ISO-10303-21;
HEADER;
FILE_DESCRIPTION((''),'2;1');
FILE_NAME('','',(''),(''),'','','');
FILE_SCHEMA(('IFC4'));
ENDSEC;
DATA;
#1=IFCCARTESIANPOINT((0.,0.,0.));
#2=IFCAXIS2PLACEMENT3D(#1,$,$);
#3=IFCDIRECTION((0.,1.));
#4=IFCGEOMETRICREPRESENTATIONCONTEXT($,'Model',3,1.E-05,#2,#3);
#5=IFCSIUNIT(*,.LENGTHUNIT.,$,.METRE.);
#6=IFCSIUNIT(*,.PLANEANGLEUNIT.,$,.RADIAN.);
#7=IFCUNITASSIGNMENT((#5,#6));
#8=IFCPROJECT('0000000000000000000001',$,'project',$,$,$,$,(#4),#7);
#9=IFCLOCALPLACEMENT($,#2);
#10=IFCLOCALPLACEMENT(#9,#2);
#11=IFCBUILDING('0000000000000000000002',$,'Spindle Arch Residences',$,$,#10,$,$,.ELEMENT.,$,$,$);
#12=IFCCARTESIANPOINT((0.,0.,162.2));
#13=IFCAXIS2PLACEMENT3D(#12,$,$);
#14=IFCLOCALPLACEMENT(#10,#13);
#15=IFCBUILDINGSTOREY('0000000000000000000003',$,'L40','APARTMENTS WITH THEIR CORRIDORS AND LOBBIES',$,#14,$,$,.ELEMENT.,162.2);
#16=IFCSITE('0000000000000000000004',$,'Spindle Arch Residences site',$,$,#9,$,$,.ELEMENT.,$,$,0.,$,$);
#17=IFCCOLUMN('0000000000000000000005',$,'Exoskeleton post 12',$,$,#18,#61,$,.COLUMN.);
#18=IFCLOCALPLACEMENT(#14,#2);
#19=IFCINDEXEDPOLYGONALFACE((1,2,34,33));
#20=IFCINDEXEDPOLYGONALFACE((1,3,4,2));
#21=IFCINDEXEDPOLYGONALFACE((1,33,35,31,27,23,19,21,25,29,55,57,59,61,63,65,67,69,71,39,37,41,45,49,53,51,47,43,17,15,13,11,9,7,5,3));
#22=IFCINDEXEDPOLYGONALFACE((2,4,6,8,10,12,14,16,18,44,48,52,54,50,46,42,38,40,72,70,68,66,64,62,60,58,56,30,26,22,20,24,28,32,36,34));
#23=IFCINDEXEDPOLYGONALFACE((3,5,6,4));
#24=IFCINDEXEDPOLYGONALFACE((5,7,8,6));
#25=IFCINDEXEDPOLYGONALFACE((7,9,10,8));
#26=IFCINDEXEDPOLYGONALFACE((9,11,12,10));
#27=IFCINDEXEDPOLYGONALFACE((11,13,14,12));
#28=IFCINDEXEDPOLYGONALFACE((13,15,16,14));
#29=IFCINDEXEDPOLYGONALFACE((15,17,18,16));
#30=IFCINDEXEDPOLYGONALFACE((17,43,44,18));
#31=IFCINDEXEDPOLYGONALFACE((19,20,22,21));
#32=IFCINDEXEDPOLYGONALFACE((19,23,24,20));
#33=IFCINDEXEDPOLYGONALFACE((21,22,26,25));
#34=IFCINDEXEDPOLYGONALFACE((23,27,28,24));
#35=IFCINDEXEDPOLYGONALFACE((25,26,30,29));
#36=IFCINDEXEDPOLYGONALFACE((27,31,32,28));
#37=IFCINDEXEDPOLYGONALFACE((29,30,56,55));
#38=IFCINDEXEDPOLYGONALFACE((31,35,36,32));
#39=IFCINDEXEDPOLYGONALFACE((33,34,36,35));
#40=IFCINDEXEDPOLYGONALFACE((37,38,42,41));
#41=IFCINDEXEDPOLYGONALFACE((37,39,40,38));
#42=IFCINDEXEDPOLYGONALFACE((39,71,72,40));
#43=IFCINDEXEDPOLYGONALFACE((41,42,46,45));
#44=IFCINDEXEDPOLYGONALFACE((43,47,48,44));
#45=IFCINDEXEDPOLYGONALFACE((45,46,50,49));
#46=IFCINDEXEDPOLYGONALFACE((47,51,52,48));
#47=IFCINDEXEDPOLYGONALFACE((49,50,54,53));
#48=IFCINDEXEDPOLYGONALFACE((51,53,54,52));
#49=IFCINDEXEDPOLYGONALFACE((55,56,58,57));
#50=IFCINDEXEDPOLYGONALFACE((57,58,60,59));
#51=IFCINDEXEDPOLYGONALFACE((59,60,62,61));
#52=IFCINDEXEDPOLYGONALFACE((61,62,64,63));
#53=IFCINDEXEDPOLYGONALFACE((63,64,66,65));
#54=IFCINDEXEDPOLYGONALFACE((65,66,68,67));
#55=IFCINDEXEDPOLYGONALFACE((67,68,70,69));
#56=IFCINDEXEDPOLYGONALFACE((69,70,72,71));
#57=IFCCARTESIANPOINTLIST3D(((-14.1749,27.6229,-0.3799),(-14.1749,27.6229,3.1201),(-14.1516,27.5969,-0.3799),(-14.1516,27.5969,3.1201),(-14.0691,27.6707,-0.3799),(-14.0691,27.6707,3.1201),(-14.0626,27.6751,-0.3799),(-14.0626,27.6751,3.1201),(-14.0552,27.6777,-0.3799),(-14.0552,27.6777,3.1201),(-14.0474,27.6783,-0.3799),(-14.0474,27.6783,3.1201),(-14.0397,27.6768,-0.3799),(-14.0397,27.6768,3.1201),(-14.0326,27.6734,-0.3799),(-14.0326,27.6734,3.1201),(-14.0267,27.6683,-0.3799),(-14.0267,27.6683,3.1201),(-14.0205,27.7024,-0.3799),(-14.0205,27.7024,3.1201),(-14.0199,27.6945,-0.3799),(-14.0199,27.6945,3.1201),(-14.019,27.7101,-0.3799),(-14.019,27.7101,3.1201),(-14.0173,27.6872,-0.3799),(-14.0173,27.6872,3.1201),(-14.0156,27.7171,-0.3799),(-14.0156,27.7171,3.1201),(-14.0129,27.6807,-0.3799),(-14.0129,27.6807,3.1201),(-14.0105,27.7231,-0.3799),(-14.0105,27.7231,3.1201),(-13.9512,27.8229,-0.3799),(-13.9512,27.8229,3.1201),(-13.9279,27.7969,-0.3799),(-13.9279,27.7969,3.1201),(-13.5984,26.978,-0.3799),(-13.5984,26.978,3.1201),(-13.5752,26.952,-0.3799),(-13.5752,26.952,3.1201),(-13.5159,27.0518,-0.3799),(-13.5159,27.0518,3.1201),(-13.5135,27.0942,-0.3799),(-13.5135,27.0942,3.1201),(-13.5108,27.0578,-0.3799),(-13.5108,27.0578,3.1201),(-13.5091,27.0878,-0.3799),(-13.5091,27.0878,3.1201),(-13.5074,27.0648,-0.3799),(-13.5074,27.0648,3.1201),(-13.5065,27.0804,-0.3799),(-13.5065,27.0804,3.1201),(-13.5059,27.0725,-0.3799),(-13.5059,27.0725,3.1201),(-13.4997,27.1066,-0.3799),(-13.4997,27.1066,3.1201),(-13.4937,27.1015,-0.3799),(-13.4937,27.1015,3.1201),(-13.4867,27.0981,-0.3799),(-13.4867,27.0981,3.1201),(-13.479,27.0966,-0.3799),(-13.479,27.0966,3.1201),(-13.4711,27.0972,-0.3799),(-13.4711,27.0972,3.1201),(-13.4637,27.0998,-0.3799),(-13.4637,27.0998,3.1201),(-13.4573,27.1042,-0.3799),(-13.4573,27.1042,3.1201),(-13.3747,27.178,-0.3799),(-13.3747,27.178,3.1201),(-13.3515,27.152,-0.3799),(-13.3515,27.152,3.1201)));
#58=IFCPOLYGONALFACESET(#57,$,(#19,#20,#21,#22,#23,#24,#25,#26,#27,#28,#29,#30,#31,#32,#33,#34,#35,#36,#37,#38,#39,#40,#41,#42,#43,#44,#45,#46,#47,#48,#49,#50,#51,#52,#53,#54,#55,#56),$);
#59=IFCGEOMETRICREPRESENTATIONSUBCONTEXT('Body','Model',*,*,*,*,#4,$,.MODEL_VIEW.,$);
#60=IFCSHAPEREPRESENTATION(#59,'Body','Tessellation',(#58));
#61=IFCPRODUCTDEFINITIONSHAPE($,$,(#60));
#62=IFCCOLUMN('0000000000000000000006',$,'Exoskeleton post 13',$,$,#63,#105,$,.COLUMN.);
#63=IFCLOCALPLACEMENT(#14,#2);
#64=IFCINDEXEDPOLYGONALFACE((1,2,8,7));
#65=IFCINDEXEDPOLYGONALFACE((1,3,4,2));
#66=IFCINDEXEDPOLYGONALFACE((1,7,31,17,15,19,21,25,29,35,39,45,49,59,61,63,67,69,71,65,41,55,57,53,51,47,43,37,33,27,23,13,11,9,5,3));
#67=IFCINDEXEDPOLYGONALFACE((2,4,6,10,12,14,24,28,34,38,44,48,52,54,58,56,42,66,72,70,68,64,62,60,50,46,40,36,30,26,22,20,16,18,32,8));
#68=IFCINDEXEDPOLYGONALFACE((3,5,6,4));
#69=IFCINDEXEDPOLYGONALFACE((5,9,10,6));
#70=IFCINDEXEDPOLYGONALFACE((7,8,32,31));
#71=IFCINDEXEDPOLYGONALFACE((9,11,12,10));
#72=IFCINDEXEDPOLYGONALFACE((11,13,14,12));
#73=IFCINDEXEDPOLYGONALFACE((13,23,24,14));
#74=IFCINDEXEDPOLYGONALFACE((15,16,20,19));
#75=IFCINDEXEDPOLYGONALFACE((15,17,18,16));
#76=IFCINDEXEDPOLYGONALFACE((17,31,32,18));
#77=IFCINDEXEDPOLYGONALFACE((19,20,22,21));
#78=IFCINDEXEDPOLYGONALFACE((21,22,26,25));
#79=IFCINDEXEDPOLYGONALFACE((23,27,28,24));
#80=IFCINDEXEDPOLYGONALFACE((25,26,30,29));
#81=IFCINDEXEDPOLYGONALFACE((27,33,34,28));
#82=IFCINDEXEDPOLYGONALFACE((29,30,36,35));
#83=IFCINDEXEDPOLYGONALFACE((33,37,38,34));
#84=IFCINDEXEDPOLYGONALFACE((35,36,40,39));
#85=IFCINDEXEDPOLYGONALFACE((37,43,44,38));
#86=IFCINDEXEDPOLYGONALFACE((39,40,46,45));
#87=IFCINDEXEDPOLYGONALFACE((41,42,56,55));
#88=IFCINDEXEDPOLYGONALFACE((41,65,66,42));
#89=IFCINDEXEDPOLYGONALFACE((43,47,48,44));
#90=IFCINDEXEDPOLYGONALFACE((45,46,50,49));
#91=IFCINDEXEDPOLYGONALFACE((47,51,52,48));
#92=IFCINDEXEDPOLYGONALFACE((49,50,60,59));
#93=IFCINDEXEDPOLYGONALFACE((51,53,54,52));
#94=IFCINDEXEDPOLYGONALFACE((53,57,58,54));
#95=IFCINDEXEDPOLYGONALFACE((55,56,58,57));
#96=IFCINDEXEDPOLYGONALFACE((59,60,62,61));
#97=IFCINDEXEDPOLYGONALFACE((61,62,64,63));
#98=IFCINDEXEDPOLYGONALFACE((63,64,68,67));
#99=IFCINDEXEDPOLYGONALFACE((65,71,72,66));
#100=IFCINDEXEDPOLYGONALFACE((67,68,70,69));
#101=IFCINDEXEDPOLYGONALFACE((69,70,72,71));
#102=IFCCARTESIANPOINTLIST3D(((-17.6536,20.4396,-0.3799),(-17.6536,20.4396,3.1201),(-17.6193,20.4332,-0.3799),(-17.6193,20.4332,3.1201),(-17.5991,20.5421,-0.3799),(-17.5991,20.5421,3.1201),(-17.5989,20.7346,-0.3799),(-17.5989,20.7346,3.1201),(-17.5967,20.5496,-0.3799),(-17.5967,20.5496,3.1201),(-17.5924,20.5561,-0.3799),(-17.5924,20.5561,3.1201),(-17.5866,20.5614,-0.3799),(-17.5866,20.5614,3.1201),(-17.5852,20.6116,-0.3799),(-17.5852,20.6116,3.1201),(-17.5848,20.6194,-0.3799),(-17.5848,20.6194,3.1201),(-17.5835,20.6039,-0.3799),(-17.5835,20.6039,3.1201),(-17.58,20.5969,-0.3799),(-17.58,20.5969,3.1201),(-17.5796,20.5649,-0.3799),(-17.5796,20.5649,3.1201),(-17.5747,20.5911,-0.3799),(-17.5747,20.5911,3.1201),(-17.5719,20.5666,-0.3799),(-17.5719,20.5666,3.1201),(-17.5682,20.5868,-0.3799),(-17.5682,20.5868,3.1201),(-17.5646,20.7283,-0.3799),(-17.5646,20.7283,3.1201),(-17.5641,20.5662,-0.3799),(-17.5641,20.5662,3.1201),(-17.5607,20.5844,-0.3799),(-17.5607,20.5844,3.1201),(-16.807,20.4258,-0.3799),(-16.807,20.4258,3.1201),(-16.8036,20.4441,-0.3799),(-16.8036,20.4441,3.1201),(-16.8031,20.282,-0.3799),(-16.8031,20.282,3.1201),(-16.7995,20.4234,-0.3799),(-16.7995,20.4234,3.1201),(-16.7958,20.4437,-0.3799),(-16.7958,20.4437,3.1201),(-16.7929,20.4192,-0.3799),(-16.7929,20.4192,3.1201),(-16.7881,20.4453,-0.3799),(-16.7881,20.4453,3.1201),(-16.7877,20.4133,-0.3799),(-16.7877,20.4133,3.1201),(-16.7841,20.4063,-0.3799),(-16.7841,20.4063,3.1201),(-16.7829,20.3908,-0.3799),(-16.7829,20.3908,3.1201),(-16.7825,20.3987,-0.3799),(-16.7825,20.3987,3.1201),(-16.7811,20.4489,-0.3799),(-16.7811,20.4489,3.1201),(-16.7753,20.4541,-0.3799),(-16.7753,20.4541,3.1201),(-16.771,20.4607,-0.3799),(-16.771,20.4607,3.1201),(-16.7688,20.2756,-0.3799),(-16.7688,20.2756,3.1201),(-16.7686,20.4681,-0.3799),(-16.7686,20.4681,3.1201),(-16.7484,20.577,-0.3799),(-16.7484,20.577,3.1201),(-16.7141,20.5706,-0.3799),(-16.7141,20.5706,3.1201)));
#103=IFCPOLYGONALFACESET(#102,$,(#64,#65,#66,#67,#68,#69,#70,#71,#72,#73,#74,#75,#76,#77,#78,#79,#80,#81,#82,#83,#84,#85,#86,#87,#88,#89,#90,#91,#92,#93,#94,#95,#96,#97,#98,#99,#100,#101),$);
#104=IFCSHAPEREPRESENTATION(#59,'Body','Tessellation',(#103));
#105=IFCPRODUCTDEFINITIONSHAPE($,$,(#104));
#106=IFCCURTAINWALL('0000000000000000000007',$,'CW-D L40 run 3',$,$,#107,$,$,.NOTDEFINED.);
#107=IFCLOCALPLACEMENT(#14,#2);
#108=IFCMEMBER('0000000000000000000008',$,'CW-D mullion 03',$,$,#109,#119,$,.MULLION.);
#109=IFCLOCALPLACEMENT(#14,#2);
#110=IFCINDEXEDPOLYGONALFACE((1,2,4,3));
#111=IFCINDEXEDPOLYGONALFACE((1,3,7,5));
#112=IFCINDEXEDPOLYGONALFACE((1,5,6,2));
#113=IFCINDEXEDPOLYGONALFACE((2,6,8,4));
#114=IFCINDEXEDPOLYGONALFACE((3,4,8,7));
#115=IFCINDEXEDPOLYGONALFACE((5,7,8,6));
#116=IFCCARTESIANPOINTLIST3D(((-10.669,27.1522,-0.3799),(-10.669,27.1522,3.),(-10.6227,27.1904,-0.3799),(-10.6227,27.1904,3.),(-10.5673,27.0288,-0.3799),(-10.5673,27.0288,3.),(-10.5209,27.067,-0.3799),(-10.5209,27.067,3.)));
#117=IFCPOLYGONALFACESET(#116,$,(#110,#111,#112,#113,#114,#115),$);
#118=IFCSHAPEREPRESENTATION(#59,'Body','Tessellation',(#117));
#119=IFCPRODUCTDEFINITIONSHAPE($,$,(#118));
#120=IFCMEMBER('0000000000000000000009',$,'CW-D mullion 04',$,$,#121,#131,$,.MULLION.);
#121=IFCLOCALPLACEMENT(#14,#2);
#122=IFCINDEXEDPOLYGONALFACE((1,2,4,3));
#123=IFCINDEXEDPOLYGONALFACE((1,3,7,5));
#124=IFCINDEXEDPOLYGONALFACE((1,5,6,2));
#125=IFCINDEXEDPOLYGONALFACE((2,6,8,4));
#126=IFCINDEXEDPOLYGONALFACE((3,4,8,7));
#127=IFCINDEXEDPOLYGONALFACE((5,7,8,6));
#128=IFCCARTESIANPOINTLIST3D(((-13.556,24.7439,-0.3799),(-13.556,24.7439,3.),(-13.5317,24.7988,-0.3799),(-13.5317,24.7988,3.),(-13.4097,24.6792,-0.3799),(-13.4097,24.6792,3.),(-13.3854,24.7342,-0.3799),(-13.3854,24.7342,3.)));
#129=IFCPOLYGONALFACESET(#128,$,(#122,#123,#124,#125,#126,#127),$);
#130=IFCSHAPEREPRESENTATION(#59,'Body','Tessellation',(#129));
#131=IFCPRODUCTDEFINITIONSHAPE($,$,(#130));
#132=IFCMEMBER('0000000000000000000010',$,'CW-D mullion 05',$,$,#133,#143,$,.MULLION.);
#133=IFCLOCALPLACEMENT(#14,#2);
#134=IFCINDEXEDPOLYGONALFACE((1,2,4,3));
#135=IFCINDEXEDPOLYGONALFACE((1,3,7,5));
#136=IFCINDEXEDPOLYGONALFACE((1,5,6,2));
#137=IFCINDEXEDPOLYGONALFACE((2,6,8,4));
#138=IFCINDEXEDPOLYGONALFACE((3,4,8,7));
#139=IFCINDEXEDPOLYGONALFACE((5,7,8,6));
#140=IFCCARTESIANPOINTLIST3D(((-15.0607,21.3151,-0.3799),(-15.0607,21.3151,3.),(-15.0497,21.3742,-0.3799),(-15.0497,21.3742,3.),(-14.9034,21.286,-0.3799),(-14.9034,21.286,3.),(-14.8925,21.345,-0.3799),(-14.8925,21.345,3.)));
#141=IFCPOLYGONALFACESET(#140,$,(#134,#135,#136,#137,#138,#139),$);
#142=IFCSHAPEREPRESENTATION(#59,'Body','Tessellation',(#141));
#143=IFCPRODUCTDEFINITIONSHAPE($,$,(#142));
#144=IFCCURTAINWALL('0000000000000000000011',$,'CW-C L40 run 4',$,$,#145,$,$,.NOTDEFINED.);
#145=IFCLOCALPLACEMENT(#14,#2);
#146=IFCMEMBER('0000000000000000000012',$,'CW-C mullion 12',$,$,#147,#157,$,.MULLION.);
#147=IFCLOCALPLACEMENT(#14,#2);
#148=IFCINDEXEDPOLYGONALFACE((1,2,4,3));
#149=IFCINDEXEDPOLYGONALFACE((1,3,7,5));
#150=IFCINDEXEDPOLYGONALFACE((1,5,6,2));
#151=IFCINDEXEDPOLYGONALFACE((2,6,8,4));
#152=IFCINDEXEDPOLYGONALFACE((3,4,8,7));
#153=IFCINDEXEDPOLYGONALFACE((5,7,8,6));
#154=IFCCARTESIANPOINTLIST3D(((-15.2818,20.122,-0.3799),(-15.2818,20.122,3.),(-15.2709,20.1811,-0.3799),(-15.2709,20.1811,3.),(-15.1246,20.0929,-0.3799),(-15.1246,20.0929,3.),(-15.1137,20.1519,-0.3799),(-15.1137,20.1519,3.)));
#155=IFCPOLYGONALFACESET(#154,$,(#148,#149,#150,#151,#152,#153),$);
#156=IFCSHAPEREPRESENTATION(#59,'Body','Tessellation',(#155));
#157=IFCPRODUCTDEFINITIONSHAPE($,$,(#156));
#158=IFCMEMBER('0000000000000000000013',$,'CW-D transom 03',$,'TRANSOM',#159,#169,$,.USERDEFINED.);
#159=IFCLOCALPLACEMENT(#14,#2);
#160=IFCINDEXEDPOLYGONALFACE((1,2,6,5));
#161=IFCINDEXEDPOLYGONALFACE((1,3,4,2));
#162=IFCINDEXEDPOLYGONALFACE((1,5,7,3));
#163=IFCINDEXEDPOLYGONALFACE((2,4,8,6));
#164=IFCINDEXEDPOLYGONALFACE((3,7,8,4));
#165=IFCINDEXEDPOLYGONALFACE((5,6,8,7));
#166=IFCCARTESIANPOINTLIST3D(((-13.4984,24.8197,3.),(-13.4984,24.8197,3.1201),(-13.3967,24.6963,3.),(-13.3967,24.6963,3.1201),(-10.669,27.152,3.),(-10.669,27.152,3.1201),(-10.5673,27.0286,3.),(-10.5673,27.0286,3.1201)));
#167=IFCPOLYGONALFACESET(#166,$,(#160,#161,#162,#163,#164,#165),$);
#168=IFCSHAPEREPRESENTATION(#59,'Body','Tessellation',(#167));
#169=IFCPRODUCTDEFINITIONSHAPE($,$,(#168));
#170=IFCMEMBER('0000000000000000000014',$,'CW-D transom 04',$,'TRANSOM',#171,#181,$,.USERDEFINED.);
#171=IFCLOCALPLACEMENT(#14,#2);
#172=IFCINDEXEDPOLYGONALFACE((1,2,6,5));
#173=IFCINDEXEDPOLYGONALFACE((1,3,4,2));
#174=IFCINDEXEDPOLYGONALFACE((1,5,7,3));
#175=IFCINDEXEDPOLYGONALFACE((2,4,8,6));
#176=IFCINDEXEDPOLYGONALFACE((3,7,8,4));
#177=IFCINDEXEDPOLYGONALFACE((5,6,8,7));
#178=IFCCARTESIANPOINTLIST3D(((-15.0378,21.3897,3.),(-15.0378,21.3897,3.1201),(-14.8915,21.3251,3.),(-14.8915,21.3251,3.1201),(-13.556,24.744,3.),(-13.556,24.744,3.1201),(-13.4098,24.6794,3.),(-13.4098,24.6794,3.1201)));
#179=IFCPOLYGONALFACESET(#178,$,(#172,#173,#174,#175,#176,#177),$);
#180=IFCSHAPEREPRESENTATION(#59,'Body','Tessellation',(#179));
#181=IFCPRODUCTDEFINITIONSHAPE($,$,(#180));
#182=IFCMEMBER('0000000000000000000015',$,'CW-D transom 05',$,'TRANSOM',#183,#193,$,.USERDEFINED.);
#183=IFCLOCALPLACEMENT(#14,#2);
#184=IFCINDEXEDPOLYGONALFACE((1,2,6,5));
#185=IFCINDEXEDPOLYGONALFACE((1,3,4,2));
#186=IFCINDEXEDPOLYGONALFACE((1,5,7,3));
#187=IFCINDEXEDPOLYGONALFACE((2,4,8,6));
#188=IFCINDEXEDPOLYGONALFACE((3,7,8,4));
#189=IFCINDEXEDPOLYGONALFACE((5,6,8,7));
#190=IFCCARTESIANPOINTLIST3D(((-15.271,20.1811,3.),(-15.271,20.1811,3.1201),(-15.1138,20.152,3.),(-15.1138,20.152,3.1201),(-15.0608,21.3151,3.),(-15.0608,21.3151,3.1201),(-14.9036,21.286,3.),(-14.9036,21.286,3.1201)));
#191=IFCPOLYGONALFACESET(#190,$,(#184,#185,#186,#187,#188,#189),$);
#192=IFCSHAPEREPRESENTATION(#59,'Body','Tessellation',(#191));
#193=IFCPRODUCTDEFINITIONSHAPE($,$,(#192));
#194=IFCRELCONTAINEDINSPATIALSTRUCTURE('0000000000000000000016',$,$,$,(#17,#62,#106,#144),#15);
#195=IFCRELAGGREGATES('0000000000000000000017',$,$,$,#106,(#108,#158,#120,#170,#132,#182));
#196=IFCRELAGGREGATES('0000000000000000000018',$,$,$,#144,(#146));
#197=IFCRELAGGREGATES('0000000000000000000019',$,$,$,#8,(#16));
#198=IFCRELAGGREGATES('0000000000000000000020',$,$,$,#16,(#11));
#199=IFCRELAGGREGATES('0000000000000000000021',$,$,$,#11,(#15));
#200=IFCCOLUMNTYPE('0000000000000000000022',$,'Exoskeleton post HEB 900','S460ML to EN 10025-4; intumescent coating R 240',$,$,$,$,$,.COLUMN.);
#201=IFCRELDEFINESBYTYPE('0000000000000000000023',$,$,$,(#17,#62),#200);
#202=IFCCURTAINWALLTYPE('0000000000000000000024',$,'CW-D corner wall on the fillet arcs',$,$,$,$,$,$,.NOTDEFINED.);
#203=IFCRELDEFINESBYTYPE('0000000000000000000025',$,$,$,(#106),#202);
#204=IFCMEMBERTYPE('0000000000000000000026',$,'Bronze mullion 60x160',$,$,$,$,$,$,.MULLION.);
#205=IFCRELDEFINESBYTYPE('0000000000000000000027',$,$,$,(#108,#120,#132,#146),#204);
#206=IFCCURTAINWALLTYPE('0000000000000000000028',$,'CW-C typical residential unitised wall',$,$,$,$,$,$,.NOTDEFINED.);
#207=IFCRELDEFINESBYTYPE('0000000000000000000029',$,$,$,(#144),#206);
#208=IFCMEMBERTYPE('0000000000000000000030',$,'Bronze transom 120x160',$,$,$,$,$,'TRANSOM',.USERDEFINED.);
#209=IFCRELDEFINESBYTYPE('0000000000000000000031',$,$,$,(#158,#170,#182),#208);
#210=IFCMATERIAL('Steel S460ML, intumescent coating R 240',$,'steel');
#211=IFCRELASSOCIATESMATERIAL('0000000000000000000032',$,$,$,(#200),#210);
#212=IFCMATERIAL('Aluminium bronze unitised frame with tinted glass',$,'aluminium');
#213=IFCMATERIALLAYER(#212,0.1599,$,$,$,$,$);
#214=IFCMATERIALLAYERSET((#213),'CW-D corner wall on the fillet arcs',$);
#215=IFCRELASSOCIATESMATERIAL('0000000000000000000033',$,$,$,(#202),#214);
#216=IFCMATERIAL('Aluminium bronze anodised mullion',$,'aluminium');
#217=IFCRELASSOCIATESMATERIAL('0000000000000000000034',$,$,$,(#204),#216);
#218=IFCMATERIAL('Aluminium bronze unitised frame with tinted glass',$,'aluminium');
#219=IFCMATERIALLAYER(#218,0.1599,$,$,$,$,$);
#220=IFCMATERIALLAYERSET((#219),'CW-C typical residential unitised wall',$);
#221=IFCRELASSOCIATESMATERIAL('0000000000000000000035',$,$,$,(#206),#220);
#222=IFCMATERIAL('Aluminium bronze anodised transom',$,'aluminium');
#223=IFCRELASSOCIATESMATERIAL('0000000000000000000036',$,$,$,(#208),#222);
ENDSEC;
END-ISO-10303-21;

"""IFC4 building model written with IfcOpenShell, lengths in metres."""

from ifc_helpers import new_model, si_unit, direction, frame, origin, origin_2d, place, context, subcontext, project, spatial, rectangle, i_section, extrude, material, layer, layer_set, material_profile, profile_set, type_object, element, aggregate, save


model = new_model("IFC4")

# Units and contexts
model_context = context("Model", 3, precision=1e-05, world=origin(), true_north=direction((0.0, 1.0)))
body_context = subcontext(model_context, "Body", "Model", "MODEL_VIEW")
ifc_project = project(units=[si_unit("LENGTHUNIT", "METRE"), si_unit("PLANEANGLEUNIT", "RADIAN")], contexts=[model_context])

# Site, building, storey
site_placement = place(None, origin())
site = spatial("IfcSite", under=ifc_project, at=site_placement, Name="Spindle Arch Residences site", CompositionType="ELEMENT", RefElevation=0.0)
building_placement = place(site_placement, origin())
building = spatial("IfcBuilding", under=site, at=building_placement, Name="Spindle Arch Residences", CompositionType="ELEMENT")
storey_placement = place(building_placement, frame((0.0, 0.0, 162.2)))
storey = spatial("IfcBuildingStorey", under=building, at=storey_placement, Name="L40", Description="APARTMENTS WITH THEIR CORRIDORS AND LOBBIES", CompositionType="ELEMENT", Elevation=162.2)

# Columns
ifc_material_1 = material(Name="Steel S460ML, intumescent coating R 240", Category="steel")
ifc_material_profile_1 = material_profile(ifc_material_1, i_section(OverallWidth=0.3, OverallDepth=0.8999, WebThickness=0.0186, FlangeThickness=0.0349, FilletRadius=0.03, at=origin_2d()), Name="HEB 900")
ifc_profile_set_1 = profile_set([ifc_material_profile_1], Name="Steel S460ML, intumescent coating R 240")
column_type = type_object("IfcColumnType", Name="Exoskeleton post HEB 900", Description="S460ML to EN 10025-4; intumescent coating R 240", PredefinedType="COLUMN", material=ifc_profile_set_1)
for number, where, z_axis, x_axis, name in (
    (1, (-13.7632, 27.3875, -0.3799), (0.0, 0.0, 1.0), (0.74554, 0.666461, 0.0), "Exoskeleton post 12"),
    (2, (-17.1838, 20.5051, -0.3799), (0.0, 0.0, 1.0), (0.182236, 0.983255, 0.0), "Exoskeleton post 13"),
):
    element("IfcColumn", number, at=place(storey_placement, frame(where, z_axis=z_axis, x_axis=x_axis)), inside=storey, type_object=column_type, Name=name, PredefinedType="COLUMN", context=body_context, shape_type="SweptSolid", body=[
        extrude(i_section(OverallWidth=0.3, OverallDepth=0.8999, WebThickness=0.0186, FlangeThickness=0.0349, FilletRadius=0.03, at=origin_2d()), origin(), (0.0, 0.0, 1.0), 3.5),
    ])

# Curtain wall, members
ifc_material_2 = material(Name="Aluminium bronze unitised frame with tinted glass", Category="aluminium")
ifc_layer_1 = layer(ifc_material_2, 0.1599)
ifc_layer_set_1 = layer_set([ifc_layer_1], Name="CW-D corner wall on the fillet arcs")
curtain_wall_type_1 = type_object("IfcCurtainWallType", Name="CW-D corner wall on the fillet arcs", PredefinedType="NOTDEFINED", material=ifc_layer_set_1)
curtain_wall_1_placement = place(storey_placement, origin())
curtain_wall_1 = element("IfcCurtainWall", 3, at=curtain_wall_1_placement, inside=storey, type_object=curtain_wall_type_1, Name="CW-D L40 run 3", PredefinedType="NOTDEFINED")
ifc_material_3 = material(Name="Aluminium bronze anodised mullion", Category="aluminium")
ifc_material_profile_2 = material_profile(ifc_material_3, rectangle(XDim=0.1599, YDim=0.0601, at=origin_2d()), Name="MU 60x160")
ifc_profile_set_2 = profile_set([ifc_material_profile_2], Name="Aluminium bronze anodised mullion")
member_type_1 = type_object("IfcMemberType", Name="Bronze mullion 60x160", PredefinedType="MULLION", material=ifc_profile_set_2)
member_1_placement = place(storey_placement, frame((-10.595, 27.1096, -0.3799), z_axis=(0.0, 0.0, 1.0), x_axis=(0.636078, -0.771625, 0.0)))
member_1 = element("IfcMember", 4, at=member_1_placement, type_object=member_type_1, Name="CW-D mullion 03", PredefinedType="MULLION", context=body_context, shape_type="SweptSolid", body=[
    extrude(rectangle(XDim=0.1599, YDim=0.0601, at=origin_2d()), origin(), (0.0, 0.0, 1.0), 3.3799),
])
member_2_placement = place(storey_placement, frame((-13.4707, 24.739, -0.3799), z_axis=(0.0, 0.0, 1.0), x_axis=(0.914725, -0.404078, 0.0)))
member_2 = element("IfcMember", 5, at=member_2_placement, type_object=member_type_1, Name="CW-D mullion 04", PredefinedType="MULLION", context=body_context, shape_type="SweptSolid", body=[
    extrude(rectangle(XDim=0.1599, YDim=0.0601, at=origin_2d()), origin(), (0.0, 0.0, 1.0), 3.3799),
])
member_3_placement = place(storey_placement, frame((-14.9766, 21.3301, -0.3799), z_axis=(0.0, 0.0, 1.0), x_axis=(0.983255, -0.182236, 0.0)))
member_3 = element("IfcMember", 6, at=member_3_placement, type_object=member_type_1, Name="CW-D mullion 05", PredefinedType="MULLION", context=body_context, shape_type="SweptSolid", body=[
    extrude(rectangle(XDim=0.1599, YDim=0.0601, at=origin_2d()), origin(), (0.0, 0.0, 1.0), 3.3799),
])

# Curtain wall, member
ifc_material_4 = material(Name="Aluminium bronze unitised frame with tinted glass", Category="aluminium")
ifc_layer_2 = layer(ifc_material_4, 0.1599)
ifc_layer_set_2 = layer_set([ifc_layer_2], Name="CW-C typical residential unitised wall")
curtain_wall_type_2 = type_object("IfcCurtainWallType", Name="CW-C typical residential unitised wall", PredefinedType="NOTDEFINED", material=ifc_layer_set_2)
curtain_wall_2_placement = place(storey_placement, origin())
curtain_wall_2 = element("IfcCurtainWall", 7, at=curtain_wall_2_placement, inside=storey, type_object=curtain_wall_type_2, Name="CW-C L40 run 4", PredefinedType="NOTDEFINED")
member_4_placement = place(storey_placement, frame((-15.1978, 20.137, -0.3799), z_axis=(0.0, 0.0, 1.0), x_axis=(0.983255, -0.182236, 0.0)))
member_4 = element("IfcMember", 8, at=member_4_placement, type_object=member_type_1, Name="CW-C mullion 12", PredefinedType="MULLION", context=body_context, shape_type="SweptSolid", body=[
    extrude(rectangle(XDim=0.1599, YDim=0.0601, at=origin_2d()), origin(), (0.0, 0.0, 1.0), 3.3799),
])

# Members
ifc_material_5 = material(Name="Aluminium bronze anodised transom", Category="aluminium")
ifc_material_profile_3 = material_profile(ifc_material_5, rectangle(XDim=0.1599, YDim=0.1201, at=origin_2d()), Name="TR 120x160")
ifc_profile_set_3 = profile_set([ifc_material_profile_3], Name="Aluminium bronze anodised transom")
member_type_2 = type_object("IfcMemberType", Name="Bronze transom 120x160", ElementType="TRANSOM", PredefinedType="USERDEFINED", material=ifc_profile_set_3)
member_5_placement = place(storey_placement, frame((-10.6182, 27.0903, 3.0601), z_axis=(-0.771632, -0.636069, 0.0), x_axis=(0.636069, -0.771632, 0.0)))
member_5 = element("IfcMember", 9, at=member_5_placement, type_object=member_type_2, Name="CW-D transom 03", ObjectType="TRANSOM", PredefinedType="USERDEFINED", context=body_context, shape_type="SweptSolid", body=[
    extrude(rectangle(XDim=0.1599, YDim=0.1201, at=origin_2d()), origin(), (0.0, 0.0, 1.0), 3.6667),
])
member_6_placement = place(storey_placement, frame((-13.4829, 24.7117, 3.0601), z_axis=(-0.404068, -0.914729, 0.0), x_axis=(0.914729, -0.404068, 0.0)))
member_6 = element("IfcMember", 10, at=member_6_placement, type_object=member_type_2, Name="CW-D transom 04", ObjectType="TRANSOM", PredefinedType="USERDEFINED", context=body_context, shape_type="SweptSolid", body=[
    extrude(rectangle(XDim=0.1599, YDim=0.1201, at=origin_2d()), origin(), (0.0, 0.0, 1.0), 3.667),
])
member_7_placement = place(storey_placement, frame((-14.9822, 21.3005, 3.0601), z_axis=(-0.182256, -0.983251, 0.0), x_axis=(0.983251, -0.182256, 0.0)))
member_7 = element("IfcMember", 11, at=member_7_placement, type_object=member_type_2, Name="CW-D transom 05", ObjectType="TRANSOM", PredefinedType="USERDEFINED", context=body_context, shape_type="SweptSolid", body=[
    extrude(rectangle(XDim=0.1599, YDim=0.1201, at=origin_2d()), origin(), (0.0, 0.0, 1.0), 1.1533),
])

aggregate(curtain_wall_1, [member_1, member_5, member_2, member_6, member_3, member_7])
aggregate(curtain_wall_2, [member_4])

save(model, "model.ifc")
